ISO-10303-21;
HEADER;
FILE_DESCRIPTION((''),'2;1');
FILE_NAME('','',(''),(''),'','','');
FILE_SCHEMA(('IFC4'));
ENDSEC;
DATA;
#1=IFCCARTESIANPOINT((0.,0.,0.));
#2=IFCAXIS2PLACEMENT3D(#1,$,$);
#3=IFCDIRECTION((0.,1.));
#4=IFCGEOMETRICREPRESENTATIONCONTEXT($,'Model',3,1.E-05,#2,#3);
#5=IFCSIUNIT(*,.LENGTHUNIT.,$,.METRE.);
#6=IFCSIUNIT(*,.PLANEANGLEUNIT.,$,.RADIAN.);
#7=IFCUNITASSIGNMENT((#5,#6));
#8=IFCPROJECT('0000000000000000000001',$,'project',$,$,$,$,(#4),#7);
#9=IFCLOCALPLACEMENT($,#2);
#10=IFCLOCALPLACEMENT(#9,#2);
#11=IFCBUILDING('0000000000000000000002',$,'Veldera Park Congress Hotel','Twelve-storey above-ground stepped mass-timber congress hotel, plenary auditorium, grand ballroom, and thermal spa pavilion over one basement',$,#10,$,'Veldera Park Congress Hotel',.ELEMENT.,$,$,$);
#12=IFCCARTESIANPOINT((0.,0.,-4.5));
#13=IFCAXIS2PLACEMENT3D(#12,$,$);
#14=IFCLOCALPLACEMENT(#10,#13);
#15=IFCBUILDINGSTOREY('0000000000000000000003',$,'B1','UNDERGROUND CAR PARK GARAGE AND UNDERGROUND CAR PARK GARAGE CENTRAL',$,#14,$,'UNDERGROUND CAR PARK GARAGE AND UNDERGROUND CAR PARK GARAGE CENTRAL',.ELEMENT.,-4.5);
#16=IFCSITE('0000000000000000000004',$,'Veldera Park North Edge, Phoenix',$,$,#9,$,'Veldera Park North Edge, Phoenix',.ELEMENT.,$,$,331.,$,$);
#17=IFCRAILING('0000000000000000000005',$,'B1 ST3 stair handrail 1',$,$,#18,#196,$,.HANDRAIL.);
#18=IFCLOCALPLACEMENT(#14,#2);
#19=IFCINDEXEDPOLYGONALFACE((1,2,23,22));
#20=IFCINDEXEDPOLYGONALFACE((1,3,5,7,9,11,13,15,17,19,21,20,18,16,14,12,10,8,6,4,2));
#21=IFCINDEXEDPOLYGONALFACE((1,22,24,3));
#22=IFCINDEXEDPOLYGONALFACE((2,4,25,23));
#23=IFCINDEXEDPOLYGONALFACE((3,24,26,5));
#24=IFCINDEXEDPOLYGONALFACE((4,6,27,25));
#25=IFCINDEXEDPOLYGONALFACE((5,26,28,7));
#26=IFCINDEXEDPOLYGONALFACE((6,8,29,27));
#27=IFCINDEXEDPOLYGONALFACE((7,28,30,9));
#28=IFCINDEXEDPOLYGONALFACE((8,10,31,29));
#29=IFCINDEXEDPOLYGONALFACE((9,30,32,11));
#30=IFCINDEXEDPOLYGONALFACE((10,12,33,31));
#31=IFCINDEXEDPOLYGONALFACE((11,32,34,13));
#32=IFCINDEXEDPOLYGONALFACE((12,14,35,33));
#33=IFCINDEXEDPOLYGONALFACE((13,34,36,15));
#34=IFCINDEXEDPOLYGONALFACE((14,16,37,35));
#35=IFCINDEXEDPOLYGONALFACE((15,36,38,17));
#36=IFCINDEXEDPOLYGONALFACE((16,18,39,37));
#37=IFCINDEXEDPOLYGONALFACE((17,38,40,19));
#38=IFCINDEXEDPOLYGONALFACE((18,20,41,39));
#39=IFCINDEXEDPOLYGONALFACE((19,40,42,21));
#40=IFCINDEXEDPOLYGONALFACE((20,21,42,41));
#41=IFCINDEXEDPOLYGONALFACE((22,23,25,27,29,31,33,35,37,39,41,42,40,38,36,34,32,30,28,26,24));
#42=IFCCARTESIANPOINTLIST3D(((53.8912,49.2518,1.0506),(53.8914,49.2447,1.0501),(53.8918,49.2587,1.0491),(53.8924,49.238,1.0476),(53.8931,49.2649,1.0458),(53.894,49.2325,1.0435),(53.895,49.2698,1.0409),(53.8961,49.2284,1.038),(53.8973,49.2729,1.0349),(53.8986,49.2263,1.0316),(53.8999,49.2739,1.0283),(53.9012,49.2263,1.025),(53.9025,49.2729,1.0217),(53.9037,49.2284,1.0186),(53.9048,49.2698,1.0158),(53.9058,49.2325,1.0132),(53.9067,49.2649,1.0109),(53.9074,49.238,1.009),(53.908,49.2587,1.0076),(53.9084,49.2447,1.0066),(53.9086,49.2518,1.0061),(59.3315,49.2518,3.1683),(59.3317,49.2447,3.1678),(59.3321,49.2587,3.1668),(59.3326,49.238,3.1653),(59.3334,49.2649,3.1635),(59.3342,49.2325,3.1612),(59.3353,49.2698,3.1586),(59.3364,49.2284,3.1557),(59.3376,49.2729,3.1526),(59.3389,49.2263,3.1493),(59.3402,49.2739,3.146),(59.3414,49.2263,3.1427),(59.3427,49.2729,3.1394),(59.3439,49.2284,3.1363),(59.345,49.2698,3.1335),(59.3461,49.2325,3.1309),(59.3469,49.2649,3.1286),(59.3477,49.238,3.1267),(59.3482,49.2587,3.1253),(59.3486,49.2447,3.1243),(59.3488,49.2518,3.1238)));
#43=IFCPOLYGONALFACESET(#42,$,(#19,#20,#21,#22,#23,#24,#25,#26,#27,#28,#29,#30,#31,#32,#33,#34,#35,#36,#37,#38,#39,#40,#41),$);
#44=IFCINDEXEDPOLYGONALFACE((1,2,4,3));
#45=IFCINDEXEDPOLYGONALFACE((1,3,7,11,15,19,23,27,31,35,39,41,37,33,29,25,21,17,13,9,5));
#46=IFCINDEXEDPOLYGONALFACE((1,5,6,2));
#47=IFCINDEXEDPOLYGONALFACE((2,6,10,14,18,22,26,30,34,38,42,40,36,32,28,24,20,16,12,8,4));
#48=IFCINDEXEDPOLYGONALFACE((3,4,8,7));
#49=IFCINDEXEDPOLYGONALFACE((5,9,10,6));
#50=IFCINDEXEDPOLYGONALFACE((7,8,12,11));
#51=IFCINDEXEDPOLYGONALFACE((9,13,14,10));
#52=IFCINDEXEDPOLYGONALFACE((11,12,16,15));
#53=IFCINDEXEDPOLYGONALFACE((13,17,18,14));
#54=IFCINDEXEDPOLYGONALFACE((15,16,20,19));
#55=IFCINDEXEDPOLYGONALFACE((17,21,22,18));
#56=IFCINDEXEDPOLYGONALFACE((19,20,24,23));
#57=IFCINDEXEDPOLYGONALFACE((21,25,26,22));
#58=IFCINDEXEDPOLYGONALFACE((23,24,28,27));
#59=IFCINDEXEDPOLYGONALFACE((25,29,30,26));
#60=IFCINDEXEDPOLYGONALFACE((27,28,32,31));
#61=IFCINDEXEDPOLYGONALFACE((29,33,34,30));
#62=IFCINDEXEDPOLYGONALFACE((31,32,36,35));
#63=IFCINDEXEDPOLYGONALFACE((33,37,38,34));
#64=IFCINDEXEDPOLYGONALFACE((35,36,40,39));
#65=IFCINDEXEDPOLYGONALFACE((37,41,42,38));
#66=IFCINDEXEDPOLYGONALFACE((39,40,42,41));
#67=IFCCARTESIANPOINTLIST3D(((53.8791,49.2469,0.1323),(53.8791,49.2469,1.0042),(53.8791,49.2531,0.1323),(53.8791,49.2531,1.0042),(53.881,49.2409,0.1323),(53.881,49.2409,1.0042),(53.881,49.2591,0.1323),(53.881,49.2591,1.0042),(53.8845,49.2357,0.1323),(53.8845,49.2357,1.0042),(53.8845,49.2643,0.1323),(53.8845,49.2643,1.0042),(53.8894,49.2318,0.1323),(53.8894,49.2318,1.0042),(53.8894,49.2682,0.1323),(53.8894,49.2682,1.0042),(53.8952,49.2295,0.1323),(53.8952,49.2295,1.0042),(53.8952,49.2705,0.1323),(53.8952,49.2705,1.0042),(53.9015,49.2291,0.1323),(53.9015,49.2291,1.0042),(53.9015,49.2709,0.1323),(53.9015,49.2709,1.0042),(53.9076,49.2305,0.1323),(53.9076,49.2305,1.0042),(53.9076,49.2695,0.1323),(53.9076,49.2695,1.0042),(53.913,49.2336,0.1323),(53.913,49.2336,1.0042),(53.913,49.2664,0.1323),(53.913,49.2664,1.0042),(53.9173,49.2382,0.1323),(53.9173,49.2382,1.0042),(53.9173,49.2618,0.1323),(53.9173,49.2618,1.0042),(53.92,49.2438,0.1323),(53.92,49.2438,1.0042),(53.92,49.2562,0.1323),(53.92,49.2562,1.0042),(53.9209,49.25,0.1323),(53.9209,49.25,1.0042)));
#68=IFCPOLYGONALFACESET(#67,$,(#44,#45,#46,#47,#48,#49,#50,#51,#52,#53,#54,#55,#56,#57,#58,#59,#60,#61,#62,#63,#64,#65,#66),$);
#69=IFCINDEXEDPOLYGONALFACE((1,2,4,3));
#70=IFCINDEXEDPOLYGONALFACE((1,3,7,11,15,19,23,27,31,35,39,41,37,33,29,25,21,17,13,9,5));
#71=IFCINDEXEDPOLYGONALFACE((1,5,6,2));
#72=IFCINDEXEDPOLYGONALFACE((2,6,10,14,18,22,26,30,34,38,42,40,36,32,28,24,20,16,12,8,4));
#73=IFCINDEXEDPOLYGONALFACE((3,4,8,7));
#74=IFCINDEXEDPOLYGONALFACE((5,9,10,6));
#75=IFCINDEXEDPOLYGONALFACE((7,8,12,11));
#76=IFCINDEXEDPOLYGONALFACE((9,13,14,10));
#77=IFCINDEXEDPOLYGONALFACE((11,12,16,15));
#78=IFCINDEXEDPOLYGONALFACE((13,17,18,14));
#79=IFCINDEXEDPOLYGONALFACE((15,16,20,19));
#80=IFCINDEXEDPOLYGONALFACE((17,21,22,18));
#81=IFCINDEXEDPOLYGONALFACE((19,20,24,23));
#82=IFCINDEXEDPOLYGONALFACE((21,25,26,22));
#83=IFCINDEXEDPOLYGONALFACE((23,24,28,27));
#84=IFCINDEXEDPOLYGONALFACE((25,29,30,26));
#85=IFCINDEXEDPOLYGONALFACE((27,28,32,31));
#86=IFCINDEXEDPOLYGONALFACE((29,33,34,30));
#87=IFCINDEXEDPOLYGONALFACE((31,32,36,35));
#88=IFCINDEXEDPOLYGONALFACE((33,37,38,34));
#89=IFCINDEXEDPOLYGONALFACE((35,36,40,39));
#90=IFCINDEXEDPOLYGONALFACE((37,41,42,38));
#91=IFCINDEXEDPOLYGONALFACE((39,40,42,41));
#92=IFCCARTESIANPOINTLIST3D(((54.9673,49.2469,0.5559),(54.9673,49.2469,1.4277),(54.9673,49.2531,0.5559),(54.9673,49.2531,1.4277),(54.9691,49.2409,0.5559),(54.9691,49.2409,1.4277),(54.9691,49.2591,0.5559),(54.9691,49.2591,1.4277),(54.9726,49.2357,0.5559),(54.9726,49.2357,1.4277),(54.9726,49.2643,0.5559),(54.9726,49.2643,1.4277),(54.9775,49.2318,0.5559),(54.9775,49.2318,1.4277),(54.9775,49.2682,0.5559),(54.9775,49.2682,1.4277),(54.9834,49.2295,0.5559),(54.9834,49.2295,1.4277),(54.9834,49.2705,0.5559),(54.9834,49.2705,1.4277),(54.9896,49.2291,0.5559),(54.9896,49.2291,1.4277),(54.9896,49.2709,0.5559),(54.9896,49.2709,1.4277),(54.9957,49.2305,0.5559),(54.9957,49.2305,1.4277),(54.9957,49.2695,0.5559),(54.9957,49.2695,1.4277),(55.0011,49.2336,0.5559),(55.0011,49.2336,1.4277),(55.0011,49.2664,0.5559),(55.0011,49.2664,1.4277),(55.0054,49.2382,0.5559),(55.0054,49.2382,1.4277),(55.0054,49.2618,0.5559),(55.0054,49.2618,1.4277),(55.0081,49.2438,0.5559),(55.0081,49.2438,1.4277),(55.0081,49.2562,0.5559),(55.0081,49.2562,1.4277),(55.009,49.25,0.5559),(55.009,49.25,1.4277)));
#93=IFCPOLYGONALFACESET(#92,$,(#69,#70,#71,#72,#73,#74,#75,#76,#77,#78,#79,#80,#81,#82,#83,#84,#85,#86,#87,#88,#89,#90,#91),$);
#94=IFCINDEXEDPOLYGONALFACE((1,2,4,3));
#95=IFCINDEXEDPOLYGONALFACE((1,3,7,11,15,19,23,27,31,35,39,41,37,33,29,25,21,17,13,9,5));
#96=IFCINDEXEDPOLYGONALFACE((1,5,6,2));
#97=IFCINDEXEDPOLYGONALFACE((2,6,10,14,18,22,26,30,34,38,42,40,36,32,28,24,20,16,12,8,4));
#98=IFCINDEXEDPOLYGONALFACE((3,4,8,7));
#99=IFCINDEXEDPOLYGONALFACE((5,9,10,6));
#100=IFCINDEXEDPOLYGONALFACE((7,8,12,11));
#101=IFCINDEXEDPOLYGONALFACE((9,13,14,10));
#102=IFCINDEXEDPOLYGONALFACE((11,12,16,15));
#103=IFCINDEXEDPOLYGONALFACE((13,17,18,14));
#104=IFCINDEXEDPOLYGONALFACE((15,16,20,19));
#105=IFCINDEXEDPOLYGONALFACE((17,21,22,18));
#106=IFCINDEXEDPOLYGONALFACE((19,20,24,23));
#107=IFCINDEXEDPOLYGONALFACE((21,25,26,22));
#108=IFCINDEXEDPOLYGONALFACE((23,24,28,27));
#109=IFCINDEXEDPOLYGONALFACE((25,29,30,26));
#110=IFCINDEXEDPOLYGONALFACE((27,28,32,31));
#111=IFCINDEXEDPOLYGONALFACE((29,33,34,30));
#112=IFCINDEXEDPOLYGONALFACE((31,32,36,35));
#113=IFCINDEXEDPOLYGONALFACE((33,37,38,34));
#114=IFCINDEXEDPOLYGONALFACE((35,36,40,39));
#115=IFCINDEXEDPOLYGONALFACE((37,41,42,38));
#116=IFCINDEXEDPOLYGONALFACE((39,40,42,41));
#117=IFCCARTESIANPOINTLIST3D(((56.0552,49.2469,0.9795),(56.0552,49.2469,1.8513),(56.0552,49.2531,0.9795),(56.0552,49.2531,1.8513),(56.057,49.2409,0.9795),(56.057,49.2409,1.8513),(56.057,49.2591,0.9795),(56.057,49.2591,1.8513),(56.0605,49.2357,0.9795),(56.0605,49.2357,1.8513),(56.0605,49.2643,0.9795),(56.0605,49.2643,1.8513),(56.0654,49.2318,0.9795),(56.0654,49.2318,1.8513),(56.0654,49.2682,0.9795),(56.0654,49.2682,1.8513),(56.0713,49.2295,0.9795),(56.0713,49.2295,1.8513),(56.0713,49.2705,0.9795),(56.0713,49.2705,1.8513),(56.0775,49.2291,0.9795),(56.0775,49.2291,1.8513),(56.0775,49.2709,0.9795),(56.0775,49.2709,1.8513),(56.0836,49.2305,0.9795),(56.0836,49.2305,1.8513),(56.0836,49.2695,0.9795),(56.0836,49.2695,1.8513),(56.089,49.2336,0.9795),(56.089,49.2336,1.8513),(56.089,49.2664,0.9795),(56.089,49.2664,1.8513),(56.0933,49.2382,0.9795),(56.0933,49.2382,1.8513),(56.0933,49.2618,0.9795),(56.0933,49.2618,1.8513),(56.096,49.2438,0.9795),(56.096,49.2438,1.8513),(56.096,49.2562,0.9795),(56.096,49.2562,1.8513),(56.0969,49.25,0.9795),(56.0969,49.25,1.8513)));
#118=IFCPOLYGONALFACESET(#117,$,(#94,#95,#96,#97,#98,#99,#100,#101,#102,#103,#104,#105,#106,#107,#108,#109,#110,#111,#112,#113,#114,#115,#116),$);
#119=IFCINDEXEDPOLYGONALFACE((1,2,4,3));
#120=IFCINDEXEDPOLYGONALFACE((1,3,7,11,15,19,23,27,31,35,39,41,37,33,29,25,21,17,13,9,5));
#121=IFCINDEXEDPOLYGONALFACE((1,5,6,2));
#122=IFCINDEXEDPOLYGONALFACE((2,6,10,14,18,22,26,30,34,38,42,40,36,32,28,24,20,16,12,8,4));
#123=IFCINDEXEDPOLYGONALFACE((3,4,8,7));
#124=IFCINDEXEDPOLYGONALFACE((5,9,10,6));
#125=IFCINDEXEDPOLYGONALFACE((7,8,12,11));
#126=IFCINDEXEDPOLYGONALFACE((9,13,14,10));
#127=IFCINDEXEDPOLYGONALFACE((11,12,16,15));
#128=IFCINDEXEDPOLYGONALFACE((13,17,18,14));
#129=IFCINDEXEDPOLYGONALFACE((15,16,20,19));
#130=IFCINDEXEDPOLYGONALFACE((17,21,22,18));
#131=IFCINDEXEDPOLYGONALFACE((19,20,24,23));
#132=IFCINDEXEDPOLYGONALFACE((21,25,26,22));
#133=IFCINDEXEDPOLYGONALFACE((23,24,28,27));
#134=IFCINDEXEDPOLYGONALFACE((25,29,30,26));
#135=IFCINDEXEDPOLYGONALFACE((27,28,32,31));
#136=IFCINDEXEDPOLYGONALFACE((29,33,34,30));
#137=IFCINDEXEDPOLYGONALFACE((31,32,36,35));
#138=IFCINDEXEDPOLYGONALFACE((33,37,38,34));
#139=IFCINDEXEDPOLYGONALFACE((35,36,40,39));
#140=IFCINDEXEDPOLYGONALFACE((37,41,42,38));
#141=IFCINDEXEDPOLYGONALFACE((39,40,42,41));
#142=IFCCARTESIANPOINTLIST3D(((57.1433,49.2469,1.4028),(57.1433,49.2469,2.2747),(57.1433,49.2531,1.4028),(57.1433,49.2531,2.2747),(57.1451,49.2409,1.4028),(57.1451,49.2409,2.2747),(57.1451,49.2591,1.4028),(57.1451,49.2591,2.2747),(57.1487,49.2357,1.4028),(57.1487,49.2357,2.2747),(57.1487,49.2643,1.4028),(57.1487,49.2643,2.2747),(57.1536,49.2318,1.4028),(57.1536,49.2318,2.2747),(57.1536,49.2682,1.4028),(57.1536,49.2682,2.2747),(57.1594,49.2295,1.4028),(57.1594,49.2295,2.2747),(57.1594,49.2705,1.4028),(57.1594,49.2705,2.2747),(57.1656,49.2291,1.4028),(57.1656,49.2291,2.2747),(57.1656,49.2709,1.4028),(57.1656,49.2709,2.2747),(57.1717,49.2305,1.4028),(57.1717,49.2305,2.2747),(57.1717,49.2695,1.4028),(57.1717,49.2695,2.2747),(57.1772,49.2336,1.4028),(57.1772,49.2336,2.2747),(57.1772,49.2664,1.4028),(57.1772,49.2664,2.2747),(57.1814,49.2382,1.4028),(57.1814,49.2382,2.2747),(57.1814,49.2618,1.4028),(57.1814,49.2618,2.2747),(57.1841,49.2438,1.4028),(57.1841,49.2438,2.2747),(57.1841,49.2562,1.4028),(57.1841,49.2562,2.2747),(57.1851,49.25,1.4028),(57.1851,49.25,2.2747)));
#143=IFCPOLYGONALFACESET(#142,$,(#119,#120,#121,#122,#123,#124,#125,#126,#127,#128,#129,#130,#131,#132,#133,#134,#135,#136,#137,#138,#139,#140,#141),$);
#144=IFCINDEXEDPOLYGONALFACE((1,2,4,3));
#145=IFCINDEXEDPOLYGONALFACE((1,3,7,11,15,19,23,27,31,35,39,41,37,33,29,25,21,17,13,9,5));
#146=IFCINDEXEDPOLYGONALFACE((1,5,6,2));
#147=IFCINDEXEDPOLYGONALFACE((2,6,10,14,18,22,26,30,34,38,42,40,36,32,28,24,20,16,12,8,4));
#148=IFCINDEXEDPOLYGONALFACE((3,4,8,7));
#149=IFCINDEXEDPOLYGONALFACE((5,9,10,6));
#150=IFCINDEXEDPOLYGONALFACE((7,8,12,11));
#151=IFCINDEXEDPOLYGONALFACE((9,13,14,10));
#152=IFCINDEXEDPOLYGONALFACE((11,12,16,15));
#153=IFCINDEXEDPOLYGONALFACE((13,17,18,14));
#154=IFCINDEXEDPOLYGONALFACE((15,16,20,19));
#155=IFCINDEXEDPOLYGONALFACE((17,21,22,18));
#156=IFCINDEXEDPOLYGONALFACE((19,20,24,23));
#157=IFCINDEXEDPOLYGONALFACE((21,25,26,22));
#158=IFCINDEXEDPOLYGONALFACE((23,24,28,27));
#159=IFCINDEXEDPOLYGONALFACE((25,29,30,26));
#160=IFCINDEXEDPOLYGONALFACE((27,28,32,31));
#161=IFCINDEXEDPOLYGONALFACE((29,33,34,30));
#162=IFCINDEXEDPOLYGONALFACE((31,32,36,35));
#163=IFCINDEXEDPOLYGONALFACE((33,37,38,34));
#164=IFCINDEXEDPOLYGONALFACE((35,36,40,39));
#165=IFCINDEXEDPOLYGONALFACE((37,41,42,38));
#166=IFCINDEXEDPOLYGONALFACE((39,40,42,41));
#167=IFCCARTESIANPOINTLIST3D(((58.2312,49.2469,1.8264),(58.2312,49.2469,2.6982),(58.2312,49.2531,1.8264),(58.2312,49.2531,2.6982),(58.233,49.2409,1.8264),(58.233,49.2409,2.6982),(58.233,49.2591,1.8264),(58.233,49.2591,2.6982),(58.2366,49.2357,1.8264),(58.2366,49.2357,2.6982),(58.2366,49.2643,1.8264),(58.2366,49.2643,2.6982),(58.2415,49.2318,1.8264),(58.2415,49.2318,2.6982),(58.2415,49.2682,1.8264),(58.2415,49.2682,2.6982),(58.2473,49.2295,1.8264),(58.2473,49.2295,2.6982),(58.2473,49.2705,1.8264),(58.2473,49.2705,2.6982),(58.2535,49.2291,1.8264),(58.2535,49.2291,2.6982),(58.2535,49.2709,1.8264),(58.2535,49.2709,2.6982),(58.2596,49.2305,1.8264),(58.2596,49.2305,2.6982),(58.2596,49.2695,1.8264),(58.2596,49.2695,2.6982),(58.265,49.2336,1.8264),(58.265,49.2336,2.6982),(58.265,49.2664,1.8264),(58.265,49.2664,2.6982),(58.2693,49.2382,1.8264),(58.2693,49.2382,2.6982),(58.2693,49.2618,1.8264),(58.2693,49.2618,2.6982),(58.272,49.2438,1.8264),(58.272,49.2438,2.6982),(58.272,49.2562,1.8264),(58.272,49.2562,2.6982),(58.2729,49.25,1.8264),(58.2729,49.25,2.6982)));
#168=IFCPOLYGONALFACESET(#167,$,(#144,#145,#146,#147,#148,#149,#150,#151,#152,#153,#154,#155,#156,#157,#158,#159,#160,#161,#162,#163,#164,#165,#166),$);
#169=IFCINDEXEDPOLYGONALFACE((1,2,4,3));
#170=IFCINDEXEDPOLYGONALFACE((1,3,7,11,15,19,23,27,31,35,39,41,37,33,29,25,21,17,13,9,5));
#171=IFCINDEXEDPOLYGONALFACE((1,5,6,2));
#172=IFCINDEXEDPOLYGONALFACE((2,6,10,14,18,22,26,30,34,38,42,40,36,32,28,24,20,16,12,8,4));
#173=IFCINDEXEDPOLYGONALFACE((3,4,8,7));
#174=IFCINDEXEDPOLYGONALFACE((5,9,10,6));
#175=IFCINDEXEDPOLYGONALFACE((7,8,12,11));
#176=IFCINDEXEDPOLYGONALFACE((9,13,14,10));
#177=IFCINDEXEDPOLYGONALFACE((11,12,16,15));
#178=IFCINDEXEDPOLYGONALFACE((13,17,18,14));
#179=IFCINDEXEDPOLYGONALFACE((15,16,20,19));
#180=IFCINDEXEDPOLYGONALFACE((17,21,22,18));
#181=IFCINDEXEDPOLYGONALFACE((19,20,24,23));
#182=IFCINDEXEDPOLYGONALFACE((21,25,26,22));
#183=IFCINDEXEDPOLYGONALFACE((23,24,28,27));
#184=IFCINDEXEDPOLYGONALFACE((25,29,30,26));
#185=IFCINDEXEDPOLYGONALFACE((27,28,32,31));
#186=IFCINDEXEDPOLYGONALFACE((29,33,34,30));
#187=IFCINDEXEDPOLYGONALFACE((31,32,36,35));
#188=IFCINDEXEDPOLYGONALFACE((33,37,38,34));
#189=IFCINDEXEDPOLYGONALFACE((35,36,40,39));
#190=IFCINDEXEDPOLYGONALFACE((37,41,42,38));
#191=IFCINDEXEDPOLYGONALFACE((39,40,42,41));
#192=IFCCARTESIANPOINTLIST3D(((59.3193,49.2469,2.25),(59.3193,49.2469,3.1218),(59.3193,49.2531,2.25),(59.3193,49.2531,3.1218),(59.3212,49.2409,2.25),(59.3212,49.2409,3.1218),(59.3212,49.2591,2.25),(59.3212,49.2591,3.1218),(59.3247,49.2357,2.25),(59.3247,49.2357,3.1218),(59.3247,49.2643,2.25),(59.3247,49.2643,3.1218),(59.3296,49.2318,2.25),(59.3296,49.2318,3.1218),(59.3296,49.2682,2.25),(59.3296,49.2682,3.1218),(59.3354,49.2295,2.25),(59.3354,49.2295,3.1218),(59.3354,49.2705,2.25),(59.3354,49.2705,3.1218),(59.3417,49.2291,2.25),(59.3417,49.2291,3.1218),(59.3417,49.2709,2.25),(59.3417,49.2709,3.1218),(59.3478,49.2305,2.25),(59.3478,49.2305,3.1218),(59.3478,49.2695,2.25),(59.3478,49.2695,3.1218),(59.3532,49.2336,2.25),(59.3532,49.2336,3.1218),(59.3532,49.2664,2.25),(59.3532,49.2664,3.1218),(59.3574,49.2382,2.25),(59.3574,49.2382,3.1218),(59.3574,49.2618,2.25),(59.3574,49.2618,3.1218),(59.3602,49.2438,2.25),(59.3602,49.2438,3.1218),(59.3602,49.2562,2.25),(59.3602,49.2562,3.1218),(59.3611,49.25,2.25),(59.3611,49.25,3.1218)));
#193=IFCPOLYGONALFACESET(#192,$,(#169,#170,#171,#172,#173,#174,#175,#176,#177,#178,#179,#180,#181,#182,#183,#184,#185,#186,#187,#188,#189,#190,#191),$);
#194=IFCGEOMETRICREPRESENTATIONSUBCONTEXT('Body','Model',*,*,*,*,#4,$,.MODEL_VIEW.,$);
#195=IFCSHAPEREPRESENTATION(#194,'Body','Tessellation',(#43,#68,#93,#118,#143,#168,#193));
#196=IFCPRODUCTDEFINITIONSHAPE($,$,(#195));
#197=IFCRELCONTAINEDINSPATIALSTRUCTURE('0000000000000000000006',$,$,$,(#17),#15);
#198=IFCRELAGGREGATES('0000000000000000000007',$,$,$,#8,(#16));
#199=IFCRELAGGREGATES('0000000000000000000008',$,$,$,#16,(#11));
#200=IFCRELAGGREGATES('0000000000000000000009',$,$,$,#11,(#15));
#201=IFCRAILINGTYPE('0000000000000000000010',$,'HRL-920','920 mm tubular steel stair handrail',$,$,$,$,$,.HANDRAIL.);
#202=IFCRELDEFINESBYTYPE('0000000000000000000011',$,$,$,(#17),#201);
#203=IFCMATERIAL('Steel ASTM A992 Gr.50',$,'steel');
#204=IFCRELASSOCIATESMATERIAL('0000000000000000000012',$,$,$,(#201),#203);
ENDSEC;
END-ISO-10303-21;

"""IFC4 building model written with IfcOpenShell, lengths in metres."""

from ifc_helpers import new_model, si_unit, direction, frame, origin, origin_2d, place, context, subcontext, project, spatial, circle, extrude, material, type_object, element, save


model = new_model("IFC4")

# Units and contexts
model_context = context("Model", 3, precision=1e-05, world=origin(), true_north=direction((0.0, 1.0)))
body_context = subcontext(model_context, "Body", "Model", "MODEL_VIEW")
ifc_project = project(units=[si_unit("LENGTHUNIT", "METRE"), si_unit("PLANEANGLEUNIT", "RADIAN")], contexts=[model_context])

# Site, building, storey
site_placement = place(None, origin())
site = spatial("IfcSite", under=ifc_project, at=site_placement, Name="Veldera Park North Edge, Phoenix", LongName="Veldera Park North Edge, Phoenix", CompositionType="ELEMENT", RefElevation=331.0)
building_placement = place(site_placement, origin())
building = spatial("IfcBuilding", under=site, at=building_placement, Name="Veldera Park Congress Hotel", Description="Twelve-storey above-ground stepped mass-timber congress hotel, plenary auditorium, grand ballroom, and thermal spa pavilion over one basement", LongName="Veldera Park Congress Hotel", CompositionType="ELEMENT")
storey_placement = place(building_placement, frame((0.0, 0.0, -4.5)))
storey = spatial("IfcBuildingStorey", under=building, at=storey_placement, Name="B1", Description="UNDERGROUND CAR PARK GARAGE AND UNDERGROUND CAR PARK GARAGE CENTRAL", LongName="UNDERGROUND CAR PARK GARAGE AND UNDERGROUND CAR PARK GARAGE CENTRAL", CompositionType="ELEMENT", Elevation=-4.5)

# Railing
ifc_material_1 = material(Name="Steel ASTM A992 Gr.50", Category="steel")
railing_type_1 = type_object("IfcRailingType", Name="HRL-920", Description="920 mm tubular steel stair handrail", PredefinedType="HANDRAIL", material=ifc_material_1)
railing_1_placement = place(storey_placement, frame((53.8999, 49.25, 0.1323)))
element("IfcRailing", 1, at=railing_1_placement, inside=storey, type_object=railing_type_1, Name="B1 ST3 stair handrail 1", PredefinedType="HANDRAIL", context=body_context, shape_type="SweptSolid", body=[
    extrude(circle(Radius=0.0239, at=origin_2d()), frame((0.0, 0.0, 0.896), z_axis=(0.931886, 0.0, 0.362751), x_axis=(0.0, 1.0, 0.0)), (0.0, 0.0, 1.0), 5.8379),
    extrude(circle(Radius=0.021, at=origin_2d()), origin(), (0.0, 0.0, 1.0), 0.8718),
    extrude(circle(Radius=0.021, at=origin_2d()), frame((1.0881, 0.0, 0.4236)), (0.0, 0.0, 1.0), 0.8718),
    extrude(circle(Radius=0.021, at=origin_2d()), frame((2.176, 0.0, 0.8472)), (0.0, 0.0, 1.0), 0.8718),
    extrude(circle(Radius=0.021, at=origin_2d()), frame((3.2642, 0.0, 1.2705)), (0.0, 0.0, 1.0), 0.8718),
    extrude(circle(Radius=0.021, at=origin_2d()), frame((4.3521, 0.0, 1.6941)), (0.0, 0.0, 1.0), 0.8718),
    extrude(circle(Radius=0.021, at=origin_2d()), frame((5.4402, 0.0, 2.1177)), (0.0, 0.0, 1.0), 0.8718),
])

save(model, "model.ifc")
